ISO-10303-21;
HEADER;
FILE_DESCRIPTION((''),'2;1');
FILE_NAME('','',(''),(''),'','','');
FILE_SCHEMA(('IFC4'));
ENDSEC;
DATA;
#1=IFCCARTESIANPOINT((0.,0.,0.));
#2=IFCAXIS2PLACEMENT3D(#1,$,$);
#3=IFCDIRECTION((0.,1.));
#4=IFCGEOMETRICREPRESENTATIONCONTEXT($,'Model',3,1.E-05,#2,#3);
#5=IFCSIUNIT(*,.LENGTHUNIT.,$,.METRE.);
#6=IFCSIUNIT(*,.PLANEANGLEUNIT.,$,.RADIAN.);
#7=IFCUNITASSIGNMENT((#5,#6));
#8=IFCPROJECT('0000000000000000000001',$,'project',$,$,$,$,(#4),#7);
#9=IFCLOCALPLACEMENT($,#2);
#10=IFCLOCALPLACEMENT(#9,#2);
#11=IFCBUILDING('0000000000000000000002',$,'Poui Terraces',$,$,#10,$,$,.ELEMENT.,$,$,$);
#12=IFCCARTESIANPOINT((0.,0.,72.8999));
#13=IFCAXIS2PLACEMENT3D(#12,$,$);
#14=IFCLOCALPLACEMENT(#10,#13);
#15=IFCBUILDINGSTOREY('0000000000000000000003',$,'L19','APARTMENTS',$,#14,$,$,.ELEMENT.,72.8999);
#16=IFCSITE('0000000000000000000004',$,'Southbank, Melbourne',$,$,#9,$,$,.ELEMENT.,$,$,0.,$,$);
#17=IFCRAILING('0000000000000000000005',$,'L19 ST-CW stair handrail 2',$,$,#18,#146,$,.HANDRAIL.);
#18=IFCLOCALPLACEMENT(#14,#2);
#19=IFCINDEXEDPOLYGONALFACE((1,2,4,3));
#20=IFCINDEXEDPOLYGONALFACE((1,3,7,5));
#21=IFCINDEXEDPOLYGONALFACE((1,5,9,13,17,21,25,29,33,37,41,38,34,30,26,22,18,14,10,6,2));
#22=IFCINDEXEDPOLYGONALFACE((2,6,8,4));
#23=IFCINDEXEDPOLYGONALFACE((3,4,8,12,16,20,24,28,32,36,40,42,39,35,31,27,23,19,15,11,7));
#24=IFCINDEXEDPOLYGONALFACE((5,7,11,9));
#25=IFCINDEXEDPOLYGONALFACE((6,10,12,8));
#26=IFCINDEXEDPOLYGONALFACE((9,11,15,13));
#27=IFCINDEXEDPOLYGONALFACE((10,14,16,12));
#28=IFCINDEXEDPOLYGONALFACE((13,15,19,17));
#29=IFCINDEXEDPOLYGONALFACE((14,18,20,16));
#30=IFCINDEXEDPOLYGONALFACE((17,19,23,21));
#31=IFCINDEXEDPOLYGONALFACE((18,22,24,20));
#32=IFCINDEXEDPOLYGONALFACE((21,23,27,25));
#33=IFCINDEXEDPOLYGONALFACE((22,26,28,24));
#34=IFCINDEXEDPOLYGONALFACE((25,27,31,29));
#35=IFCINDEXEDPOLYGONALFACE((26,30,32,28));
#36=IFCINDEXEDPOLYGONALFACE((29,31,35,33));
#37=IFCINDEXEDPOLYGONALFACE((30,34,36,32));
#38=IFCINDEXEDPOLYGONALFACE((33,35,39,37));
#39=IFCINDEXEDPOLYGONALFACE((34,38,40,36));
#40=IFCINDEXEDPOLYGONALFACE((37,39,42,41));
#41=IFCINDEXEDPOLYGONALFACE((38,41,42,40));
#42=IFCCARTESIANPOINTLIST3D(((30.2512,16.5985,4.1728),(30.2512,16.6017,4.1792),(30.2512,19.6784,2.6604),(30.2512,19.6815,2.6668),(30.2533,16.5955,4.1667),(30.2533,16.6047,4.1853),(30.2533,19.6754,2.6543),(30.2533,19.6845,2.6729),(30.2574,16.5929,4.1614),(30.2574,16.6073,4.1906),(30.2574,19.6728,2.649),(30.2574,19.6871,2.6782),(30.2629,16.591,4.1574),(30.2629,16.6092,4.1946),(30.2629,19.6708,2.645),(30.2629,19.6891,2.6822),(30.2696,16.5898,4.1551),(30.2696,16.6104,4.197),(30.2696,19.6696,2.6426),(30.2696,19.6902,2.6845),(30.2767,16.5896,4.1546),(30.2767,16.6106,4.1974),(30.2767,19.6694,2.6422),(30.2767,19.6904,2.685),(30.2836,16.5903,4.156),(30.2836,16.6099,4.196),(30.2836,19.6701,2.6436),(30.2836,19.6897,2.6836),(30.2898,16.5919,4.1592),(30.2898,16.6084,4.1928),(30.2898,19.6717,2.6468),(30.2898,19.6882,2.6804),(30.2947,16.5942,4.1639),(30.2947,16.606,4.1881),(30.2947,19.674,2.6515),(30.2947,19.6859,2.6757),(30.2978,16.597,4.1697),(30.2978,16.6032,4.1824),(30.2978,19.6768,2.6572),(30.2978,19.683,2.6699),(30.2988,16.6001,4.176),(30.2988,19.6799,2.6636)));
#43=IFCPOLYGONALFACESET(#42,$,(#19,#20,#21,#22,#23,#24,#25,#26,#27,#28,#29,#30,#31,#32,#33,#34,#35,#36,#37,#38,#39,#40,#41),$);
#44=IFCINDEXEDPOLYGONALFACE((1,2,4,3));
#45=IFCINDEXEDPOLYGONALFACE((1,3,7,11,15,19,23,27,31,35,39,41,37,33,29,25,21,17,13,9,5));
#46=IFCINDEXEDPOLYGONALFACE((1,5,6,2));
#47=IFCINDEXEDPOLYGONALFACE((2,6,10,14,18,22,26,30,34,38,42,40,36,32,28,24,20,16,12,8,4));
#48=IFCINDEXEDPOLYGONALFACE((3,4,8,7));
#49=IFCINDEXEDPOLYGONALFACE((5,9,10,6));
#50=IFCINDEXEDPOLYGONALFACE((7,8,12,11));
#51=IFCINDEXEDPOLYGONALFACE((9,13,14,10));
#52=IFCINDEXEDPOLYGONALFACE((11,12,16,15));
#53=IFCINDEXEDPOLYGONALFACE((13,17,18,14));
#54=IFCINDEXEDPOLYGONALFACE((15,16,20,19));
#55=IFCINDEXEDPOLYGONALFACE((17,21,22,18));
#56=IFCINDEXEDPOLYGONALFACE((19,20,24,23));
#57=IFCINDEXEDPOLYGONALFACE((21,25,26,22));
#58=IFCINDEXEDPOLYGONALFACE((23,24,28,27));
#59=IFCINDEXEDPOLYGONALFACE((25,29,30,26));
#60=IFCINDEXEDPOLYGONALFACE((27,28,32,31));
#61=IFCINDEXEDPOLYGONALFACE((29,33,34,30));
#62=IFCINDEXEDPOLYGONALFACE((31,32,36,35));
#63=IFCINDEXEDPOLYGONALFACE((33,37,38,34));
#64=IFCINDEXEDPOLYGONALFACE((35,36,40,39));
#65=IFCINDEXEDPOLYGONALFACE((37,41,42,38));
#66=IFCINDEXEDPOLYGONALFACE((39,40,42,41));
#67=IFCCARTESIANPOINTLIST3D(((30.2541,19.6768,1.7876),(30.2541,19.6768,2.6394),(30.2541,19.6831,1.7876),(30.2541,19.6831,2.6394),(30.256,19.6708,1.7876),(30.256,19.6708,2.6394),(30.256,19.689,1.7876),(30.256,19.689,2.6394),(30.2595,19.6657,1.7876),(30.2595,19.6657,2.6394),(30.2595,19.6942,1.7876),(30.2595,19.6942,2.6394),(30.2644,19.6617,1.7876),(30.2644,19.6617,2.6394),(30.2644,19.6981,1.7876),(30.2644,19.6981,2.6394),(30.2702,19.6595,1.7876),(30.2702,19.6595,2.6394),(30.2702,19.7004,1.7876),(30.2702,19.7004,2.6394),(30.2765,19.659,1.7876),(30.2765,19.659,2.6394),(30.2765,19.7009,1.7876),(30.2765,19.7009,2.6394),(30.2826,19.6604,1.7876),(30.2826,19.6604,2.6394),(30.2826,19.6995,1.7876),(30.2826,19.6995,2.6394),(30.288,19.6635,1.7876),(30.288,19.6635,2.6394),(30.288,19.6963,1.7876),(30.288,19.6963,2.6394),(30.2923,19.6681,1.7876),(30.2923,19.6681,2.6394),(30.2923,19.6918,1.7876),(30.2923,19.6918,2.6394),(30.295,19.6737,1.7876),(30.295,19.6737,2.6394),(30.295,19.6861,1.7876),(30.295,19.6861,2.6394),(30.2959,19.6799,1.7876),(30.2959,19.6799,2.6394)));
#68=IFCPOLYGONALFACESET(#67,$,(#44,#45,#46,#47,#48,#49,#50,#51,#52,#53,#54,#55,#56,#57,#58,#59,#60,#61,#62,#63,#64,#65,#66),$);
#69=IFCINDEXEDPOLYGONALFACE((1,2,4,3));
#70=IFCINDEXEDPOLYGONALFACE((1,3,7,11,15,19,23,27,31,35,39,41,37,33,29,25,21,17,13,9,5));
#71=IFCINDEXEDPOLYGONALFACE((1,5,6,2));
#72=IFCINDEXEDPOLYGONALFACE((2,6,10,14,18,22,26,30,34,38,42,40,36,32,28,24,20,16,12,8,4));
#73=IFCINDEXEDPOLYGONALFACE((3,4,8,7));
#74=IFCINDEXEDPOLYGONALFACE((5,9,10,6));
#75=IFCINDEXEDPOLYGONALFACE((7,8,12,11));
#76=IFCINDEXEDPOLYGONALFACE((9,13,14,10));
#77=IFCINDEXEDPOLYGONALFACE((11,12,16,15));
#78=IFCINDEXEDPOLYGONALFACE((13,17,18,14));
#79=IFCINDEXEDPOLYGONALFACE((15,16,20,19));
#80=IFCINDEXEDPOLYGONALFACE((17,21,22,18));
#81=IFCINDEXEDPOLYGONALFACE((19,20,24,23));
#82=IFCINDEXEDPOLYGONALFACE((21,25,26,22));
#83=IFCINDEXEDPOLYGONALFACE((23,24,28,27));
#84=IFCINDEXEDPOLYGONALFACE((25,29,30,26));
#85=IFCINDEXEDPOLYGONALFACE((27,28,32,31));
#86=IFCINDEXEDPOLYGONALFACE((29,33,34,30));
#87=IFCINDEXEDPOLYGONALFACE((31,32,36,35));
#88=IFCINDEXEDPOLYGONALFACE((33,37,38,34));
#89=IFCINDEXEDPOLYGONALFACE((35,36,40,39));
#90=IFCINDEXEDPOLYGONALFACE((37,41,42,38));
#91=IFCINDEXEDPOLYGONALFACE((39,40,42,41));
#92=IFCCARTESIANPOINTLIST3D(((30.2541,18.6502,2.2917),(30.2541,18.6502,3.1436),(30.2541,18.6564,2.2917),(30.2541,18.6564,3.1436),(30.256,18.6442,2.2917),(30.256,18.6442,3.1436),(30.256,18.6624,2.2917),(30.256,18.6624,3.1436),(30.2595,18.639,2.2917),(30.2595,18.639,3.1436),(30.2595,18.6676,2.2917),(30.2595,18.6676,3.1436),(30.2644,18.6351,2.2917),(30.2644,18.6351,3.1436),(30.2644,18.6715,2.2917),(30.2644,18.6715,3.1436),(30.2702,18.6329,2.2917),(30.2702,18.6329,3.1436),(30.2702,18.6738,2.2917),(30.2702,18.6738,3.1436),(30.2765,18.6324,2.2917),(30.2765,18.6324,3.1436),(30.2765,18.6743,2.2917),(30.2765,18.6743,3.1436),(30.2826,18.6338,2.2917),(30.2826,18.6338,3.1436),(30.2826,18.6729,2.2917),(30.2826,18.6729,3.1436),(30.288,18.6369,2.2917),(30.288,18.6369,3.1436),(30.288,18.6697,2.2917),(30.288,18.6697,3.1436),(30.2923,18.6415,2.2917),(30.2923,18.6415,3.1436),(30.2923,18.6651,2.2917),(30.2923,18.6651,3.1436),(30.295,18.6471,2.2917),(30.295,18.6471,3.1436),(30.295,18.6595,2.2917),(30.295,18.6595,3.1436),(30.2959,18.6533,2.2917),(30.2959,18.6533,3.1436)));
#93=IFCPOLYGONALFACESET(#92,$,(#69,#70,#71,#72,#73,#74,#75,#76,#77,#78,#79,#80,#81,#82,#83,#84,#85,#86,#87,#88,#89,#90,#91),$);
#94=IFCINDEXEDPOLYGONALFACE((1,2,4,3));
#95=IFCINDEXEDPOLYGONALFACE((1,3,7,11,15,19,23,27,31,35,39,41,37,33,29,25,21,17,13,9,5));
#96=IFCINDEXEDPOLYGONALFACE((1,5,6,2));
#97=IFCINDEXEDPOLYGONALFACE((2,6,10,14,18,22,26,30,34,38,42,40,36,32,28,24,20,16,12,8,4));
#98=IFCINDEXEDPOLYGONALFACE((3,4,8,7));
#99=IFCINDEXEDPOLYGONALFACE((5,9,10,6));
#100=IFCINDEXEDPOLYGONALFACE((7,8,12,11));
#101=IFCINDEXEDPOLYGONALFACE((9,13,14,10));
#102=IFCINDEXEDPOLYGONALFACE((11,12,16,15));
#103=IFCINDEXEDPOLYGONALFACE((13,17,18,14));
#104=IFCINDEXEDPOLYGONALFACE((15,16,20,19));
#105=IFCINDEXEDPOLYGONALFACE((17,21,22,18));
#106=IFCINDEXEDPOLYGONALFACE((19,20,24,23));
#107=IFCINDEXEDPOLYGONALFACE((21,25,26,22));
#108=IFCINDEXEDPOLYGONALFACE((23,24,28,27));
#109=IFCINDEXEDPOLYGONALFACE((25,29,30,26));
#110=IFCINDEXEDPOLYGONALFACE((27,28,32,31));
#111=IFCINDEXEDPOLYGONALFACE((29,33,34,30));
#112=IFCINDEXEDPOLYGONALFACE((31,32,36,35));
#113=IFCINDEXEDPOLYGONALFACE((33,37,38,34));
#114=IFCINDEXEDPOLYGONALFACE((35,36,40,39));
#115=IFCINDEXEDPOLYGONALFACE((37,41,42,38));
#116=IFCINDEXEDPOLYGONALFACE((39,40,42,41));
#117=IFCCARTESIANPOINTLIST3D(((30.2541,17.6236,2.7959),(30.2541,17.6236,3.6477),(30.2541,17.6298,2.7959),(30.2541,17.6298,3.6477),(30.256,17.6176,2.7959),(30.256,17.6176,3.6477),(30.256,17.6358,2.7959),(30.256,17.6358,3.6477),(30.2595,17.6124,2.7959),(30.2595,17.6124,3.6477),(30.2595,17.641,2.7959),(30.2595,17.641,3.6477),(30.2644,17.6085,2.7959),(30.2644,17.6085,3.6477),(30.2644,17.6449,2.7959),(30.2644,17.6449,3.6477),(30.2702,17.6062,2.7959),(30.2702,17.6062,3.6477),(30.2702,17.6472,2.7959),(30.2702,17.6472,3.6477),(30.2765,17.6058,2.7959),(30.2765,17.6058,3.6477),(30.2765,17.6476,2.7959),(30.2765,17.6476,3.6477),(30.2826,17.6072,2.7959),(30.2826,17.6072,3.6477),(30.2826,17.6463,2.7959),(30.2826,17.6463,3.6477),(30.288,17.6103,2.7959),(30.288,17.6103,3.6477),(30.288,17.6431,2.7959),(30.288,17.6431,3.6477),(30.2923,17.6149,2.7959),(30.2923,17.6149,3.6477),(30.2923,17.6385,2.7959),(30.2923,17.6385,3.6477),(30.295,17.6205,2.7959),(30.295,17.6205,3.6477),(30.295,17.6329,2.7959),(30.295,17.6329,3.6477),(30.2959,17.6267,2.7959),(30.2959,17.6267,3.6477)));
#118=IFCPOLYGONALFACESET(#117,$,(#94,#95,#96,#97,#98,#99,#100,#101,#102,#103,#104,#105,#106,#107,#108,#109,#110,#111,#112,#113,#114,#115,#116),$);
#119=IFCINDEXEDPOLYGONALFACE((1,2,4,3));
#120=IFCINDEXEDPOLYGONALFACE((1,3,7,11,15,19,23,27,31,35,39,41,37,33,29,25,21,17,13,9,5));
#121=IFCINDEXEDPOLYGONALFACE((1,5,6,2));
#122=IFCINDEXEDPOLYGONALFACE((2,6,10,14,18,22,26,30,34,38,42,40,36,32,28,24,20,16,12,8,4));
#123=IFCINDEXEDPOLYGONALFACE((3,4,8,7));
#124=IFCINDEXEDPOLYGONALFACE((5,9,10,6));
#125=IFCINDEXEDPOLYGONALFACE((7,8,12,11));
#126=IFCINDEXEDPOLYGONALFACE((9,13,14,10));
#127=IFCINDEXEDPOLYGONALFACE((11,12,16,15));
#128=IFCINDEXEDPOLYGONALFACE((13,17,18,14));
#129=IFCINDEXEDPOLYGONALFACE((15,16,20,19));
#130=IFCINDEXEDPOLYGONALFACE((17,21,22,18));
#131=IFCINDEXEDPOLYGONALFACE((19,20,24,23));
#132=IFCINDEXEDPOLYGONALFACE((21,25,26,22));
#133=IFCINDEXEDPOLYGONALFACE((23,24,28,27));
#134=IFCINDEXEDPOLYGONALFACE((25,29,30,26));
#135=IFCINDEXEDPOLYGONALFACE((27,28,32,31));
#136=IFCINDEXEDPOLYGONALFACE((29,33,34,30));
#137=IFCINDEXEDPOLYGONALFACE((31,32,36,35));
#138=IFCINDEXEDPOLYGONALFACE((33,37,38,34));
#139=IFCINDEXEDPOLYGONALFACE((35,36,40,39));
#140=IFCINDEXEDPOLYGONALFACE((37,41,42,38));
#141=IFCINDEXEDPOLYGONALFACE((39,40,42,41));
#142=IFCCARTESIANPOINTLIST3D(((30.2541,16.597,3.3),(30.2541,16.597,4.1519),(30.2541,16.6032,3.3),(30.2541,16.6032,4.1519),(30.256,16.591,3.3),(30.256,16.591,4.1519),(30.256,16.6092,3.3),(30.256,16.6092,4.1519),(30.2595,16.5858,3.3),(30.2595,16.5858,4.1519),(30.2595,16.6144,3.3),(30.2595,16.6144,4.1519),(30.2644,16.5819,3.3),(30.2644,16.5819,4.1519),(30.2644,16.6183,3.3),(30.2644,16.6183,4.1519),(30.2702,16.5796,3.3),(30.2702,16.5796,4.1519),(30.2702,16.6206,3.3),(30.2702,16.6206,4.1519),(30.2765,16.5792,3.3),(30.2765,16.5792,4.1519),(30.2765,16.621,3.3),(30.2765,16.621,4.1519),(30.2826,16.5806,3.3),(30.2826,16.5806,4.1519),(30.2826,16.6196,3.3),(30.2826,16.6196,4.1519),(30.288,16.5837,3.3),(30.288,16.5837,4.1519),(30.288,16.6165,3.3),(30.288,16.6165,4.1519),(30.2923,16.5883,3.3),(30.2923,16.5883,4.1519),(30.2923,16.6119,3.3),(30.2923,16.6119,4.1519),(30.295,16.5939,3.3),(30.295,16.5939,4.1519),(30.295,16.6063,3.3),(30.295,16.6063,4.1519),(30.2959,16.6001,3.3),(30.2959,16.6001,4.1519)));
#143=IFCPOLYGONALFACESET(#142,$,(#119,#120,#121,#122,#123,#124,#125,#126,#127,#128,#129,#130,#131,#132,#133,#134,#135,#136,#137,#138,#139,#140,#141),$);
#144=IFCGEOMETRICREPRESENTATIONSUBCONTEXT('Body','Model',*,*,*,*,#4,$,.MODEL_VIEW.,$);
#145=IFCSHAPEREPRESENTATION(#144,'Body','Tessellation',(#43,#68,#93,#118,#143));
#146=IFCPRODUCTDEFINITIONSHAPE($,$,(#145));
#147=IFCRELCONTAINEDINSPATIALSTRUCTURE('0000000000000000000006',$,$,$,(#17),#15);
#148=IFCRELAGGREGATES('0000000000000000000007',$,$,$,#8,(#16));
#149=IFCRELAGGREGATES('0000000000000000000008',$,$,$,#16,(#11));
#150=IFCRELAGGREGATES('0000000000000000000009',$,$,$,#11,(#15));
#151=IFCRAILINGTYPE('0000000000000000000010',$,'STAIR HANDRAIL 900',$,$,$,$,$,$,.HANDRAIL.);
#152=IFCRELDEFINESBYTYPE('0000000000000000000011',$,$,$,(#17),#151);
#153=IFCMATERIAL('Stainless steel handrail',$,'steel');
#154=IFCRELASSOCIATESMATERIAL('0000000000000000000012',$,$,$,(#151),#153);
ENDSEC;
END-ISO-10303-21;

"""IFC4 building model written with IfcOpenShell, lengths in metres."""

from ifc_helpers import new_model, si_unit, direction, frame, origin, origin_2d, place, context, subcontext, project, spatial, circle, extrude, material, type_object, element, save


model = new_model("IFC4")

# Units and contexts
model_context = context("Model", 3, precision=1e-05, world=origin(), true_north=direction((0.0, 1.0)))
body_context = subcontext(model_context, "Body", "Model", "MODEL_VIEW")
ifc_project = project(units=[si_unit("LENGTHUNIT", "METRE"), si_unit("PLANEANGLEUNIT", "RADIAN")], contexts=[model_context])

# Site, building, storey
site_placement = place(None, origin())
site = spatial("IfcSite", under=ifc_project, at=site_placement, Name="Southbank, Melbourne", CompositionType="ELEMENT", RefElevation=0.0)
building_placement = place(site_placement, origin())
building = spatial("IfcBuilding", under=site, at=building_placement, Name="Poui Terraces", CompositionType="ELEMENT")
storey_placement = place(building_placement, frame((0.0, 0.0, 72.8999)))
storey = spatial("IfcBuildingStorey", under=building, at=storey_placement, Name="L19", Description="APARTMENTS", CompositionType="ELEMENT", Elevation=72.8999)

# Railing
ifc_material_1 = material(Name="Stainless steel handrail", Category="steel")
railing_type_1 = type_object("IfcRailingType", Name="STAIR HANDRAIL 900", PredefinedType="HANDRAIL", material=ifc_material_1)
railing_1_placement = place(storey_placement, frame((30.2749, 19.6799, 1.7876)))
element("IfcRailing", 1, at=railing_1_placement, inside=storey, type_object=railing_type_1, Name="L19 ST-CW stair handrail 2", PredefinedType="HANDRAIL", context=body_context, shape_type="SweptSolid", body=[
    extrude(circle(Radius=0.0239, at=origin_2d()), frame((0.0, 0.0, 0.876), z_axis=(0.0, -0.897606, 0.440798), x_axis=(1.0, 0.0, 0.0)), (0.0, 0.0, 1.0), 3.4312),
    extrude(circle(Radius=0.021, at=origin_2d()), origin(), (0.0, 0.0, 1.0), 0.8518),
    extrude(circle(Radius=0.021, at=origin_2d()), frame((0.0, -1.0266, 0.5042)), (0.0, 0.0, 1.0), 0.8518),
    extrude(circle(Radius=0.021, at=origin_2d()), frame((0.0, -2.0532, 1.0083)), (0.0, 0.0, 1.0), 0.8518),
    extrude(circle(Radius=0.021, at=origin_2d()), frame((0.0, -3.0798, 1.5125)), (0.0, 0.0, 1.0), 0.8518),
])

save(model, "model.ifc")
